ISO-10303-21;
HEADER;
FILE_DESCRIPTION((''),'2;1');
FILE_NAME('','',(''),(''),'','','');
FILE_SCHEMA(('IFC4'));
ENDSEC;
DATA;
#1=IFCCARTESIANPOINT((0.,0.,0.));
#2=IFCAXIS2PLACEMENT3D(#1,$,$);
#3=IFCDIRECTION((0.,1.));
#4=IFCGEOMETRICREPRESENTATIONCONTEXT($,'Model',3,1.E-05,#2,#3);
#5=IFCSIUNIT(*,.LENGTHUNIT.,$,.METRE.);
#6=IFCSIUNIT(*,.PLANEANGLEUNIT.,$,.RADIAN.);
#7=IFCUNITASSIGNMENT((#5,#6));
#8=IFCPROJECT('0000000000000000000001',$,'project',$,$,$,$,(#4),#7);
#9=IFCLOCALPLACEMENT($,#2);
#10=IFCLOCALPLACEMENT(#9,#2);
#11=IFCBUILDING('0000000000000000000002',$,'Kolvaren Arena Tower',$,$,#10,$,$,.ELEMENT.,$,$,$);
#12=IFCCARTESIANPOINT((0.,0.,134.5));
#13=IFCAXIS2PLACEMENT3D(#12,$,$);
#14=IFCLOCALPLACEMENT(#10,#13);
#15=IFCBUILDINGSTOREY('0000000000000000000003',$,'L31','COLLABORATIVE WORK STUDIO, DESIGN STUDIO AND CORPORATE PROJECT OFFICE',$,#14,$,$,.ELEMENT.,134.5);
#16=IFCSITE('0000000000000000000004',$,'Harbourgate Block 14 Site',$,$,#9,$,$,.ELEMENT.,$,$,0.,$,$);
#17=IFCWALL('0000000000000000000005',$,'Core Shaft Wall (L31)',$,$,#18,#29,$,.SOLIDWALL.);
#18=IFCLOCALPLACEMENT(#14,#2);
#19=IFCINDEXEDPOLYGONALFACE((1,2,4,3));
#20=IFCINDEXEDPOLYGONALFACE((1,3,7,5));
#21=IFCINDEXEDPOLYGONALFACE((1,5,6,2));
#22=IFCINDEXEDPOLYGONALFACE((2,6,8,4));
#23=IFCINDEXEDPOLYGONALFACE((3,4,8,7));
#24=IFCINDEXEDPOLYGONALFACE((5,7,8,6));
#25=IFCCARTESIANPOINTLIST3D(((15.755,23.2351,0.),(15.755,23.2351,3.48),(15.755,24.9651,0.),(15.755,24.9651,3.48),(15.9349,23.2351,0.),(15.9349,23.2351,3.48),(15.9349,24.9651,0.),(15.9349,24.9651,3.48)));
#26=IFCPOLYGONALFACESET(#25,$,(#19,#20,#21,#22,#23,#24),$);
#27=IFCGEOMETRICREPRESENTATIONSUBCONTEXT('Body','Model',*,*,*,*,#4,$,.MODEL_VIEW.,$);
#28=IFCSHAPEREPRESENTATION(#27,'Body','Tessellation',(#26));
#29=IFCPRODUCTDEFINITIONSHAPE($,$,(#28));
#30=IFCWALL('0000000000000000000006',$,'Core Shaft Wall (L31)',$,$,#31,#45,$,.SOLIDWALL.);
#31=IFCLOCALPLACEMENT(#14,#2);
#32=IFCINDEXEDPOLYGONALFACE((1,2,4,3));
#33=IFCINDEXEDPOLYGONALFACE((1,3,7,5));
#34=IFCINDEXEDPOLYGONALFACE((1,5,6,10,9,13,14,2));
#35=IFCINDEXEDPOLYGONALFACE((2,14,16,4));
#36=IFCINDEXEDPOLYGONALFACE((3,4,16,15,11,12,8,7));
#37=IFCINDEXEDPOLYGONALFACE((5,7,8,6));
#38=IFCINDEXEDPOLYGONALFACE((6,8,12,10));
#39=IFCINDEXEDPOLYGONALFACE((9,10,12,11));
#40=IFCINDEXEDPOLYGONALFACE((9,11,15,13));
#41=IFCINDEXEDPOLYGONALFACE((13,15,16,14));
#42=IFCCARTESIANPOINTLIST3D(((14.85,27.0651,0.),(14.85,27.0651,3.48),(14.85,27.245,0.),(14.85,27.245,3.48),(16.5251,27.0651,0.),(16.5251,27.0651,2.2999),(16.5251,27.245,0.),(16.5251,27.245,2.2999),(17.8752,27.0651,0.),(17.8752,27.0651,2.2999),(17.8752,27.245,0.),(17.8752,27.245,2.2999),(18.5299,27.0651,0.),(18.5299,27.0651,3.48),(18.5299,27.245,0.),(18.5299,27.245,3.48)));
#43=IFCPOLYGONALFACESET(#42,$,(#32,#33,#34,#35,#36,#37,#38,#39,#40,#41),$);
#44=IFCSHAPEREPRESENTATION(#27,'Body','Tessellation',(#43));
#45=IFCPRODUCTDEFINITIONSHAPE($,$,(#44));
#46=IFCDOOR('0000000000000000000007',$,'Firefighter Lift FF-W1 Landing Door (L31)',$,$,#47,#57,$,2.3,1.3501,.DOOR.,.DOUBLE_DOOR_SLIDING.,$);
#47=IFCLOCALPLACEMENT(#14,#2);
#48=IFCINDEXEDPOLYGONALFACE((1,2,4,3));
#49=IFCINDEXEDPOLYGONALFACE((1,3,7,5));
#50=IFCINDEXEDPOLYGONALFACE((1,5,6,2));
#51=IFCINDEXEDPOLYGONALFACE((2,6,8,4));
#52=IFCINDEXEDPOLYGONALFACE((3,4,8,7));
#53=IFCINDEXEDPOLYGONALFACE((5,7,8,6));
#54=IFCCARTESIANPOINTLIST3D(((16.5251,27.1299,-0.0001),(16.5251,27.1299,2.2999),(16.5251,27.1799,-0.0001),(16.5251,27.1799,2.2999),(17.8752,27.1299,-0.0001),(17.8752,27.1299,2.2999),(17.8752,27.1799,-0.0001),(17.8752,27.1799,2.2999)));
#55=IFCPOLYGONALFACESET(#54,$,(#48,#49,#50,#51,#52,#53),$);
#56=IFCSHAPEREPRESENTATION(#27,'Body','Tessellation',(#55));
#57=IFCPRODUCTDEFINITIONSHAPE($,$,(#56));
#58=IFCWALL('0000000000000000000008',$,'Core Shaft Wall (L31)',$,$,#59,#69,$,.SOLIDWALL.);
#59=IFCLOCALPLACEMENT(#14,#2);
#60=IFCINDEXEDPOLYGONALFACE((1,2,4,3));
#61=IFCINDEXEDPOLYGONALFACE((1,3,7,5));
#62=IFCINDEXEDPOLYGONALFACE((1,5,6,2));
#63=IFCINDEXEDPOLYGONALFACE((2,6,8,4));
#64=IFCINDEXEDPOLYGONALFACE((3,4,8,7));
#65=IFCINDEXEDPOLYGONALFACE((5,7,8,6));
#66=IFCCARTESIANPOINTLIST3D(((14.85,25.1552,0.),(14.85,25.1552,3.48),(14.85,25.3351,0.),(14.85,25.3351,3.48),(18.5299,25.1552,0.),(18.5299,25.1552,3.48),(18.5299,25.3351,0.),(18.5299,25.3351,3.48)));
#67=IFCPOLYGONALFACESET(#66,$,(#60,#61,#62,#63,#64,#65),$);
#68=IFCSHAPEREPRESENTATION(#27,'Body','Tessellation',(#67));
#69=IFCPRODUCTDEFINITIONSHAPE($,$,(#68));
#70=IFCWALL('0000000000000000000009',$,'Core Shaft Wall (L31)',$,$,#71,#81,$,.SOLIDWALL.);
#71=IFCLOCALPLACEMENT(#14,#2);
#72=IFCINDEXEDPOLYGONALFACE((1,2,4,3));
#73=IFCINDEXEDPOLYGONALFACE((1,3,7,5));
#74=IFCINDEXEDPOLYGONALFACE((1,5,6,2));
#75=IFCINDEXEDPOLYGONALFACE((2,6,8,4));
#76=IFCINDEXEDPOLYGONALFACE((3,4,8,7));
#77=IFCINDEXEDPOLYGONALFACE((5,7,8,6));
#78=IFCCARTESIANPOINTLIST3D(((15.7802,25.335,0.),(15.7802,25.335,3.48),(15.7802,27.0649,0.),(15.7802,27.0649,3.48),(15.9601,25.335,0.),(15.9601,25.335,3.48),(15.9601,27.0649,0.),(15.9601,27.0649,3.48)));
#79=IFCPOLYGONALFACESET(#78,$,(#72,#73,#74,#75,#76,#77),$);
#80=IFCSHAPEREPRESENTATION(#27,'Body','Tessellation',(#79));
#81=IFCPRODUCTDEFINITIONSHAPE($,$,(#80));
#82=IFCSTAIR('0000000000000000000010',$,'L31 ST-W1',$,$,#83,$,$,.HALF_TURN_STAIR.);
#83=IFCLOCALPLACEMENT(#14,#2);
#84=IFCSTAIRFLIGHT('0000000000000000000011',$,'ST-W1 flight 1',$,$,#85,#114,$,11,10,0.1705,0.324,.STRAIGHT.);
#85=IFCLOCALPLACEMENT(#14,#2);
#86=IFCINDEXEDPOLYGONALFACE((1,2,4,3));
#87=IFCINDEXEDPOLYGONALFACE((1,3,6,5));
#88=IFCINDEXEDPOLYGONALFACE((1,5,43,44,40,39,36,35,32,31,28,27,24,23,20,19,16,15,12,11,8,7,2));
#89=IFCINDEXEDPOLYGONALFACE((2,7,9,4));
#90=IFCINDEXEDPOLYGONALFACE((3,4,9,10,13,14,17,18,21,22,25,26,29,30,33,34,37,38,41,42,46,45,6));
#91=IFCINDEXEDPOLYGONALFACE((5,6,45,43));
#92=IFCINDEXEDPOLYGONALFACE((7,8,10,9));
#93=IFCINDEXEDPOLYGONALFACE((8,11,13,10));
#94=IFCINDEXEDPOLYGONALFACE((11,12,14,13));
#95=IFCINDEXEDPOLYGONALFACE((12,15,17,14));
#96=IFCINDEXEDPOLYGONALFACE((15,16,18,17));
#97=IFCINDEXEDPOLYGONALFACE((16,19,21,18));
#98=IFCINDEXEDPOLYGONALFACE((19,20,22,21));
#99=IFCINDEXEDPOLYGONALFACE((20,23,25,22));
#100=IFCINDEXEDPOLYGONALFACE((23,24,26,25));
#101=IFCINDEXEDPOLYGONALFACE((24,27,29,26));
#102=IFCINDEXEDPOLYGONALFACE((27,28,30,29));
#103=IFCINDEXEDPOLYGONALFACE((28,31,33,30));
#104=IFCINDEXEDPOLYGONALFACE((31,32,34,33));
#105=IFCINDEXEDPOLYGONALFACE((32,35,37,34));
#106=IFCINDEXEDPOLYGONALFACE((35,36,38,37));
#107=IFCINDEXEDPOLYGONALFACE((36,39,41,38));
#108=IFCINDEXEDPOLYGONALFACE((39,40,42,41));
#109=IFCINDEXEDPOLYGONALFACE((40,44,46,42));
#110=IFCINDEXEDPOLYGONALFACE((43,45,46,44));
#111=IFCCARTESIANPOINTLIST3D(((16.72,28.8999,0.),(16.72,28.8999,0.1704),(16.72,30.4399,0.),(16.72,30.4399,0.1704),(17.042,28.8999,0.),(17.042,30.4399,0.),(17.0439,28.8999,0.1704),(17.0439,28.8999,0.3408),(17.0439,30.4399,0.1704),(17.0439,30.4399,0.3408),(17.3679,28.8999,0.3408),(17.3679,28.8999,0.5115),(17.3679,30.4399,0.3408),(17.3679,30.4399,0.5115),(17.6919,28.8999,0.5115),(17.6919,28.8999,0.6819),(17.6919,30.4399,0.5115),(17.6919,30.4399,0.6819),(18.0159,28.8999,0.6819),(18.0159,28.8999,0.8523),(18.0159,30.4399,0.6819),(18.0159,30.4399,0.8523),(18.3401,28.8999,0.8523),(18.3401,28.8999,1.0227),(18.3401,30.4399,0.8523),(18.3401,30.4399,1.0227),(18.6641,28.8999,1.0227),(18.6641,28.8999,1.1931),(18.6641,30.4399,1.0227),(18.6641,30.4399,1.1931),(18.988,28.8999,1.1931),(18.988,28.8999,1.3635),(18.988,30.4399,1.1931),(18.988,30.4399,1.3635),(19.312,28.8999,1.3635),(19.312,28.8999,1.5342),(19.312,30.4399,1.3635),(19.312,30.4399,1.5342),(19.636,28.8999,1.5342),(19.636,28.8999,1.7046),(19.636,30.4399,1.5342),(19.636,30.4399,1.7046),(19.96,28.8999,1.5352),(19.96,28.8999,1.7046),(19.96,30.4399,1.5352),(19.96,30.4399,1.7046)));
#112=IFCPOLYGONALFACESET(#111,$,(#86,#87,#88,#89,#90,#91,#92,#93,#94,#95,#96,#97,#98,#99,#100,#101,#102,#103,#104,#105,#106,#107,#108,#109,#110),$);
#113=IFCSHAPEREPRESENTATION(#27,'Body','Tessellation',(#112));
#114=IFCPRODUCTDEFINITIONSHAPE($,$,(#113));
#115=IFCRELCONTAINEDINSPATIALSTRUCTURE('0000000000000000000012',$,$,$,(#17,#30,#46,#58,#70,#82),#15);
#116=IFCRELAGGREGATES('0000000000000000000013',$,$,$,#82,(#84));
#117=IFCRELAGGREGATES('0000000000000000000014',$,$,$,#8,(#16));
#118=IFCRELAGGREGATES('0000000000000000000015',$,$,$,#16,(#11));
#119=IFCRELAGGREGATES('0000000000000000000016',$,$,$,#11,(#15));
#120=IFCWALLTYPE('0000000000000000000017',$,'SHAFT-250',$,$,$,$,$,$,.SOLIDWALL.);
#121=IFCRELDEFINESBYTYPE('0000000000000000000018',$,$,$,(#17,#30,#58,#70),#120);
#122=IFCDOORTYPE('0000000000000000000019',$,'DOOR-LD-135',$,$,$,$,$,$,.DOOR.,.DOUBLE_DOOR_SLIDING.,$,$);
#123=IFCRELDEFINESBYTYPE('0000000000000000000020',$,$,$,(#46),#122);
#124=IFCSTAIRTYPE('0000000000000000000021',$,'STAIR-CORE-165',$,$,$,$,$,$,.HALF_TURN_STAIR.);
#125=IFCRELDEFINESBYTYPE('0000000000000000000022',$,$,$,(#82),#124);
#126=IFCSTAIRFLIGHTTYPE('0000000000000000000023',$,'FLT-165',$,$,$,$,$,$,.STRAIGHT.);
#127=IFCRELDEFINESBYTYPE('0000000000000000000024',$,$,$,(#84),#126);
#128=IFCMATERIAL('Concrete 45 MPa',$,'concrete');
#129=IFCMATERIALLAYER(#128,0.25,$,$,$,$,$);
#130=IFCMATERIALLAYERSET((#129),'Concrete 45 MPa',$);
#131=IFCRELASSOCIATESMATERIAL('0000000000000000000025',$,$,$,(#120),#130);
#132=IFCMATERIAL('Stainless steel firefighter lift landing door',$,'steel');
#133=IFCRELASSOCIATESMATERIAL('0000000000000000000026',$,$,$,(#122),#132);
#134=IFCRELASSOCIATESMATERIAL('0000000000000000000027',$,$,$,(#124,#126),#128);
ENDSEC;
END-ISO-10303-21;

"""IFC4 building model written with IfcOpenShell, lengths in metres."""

from ifc_helpers import new_model, si_unit, direction, frame, frame_2d, origin, place, context, subcontext, project, spatial, polyline, rectangle, outline, extrude, material, layer, layer_set, type_object, element, fill, aggregate, save


model = new_model("IFC4")

# Units and contexts
model_context = context("Model", 3, precision=1e-05, world=origin(), true_north=direction((0.0, 1.0)))
body_context = subcontext(model_context, "Body", "Model", "MODEL_VIEW")
ifc_project = project(units=[si_unit("LENGTHUNIT", "METRE"), si_unit("PLANEANGLEUNIT", "RADIAN")], contexts=[model_context])

# Site, building, storey
site_placement = place(None, origin())
site = spatial("IfcSite", under=ifc_project, at=site_placement, Name="Harbourgate Block 14 Site", CompositionType="ELEMENT", RefElevation=0.0)
building_placement = place(site_placement, origin())
building = spatial("IfcBuilding", under=site, at=building_placement, Name="Kolvaren Arena Tower", CompositionType="ELEMENT")
storey_placement = place(building_placement, frame((0.0, 0.0, 134.5)))
storey = spatial("IfcBuildingStorey", under=building, at=storey_placement, Name="L31", Description="COLLABORATIVE WORK STUDIO, DESIGN STUDIO AND CORPORATE PROJECT OFFICE", CompositionType="ELEMENT", Elevation=134.5)

# Shared definitions
ifc_material_1 = material(Name="Concrete 45 MPa", Category="concrete")
ifc_layer = layer(ifc_material_1, 0.25)
ifc_layer_set = layer_set([ifc_layer], Name="Concrete 45 MPa")
wall_type = type_object("IfcWallType", Name="SHAFT-250", PredefinedType="SOLIDWALL", material=ifc_layer_set)

# Wall
wall_1_placement = place(storey_placement, frame((15.845, 23.2351, 0.0), z_axis=(0.0, 0.0, 1.0), x_axis=(0.0, 1.0, 0.0)))
element("IfcWall", 1, at=wall_1_placement, inside=storey, type_object=wall_type, Name="Core Shaft Wall (L31)", PredefinedType="SOLIDWALL", context=body_context, shape_type="SweptSolid", body=[
    extrude(rectangle(XDim=1.73, YDim=0.1799, at=frame_2d((0.865, 0.0))), origin(), (0.0, 0.0, 1.0), 3.48),
])

# Wall, opening, door
wall_2_placement = place(storey_placement, frame((14.8501, 27.155, 0.0), z_axis=(0.0, 0.0, 1.0), x_axis=(1.0, 0.0, 0.0)))
wall_2 = element("IfcWall", 2, at=wall_2_placement, inside=storey, type_object=wall_type, Name="Core Shaft Wall (L31)", PredefinedType="SOLIDWALL", context=body_context, shape_type="SweptSolid", body=[
    extrude(rectangle(XDim=3.6799, YDim=0.1799, at=frame_2d((1.8398, 0.0))), origin(), (0.0, 0.0, 1.0), 3.48),
])
opening_1_placement = place(wall_2_placement, frame((1.675, 0.0, 0.0)))
opening_1 = element("IfcOpeningElement", 3, at=opening_1_placement, cuts=wall_2, PredefinedType="OPENING", context=body_context, shape_type="SweptSolid", body=[
    extrude(rectangle(XDim=1.3501, YDim=2.3, at=frame_2d((0.675, 1.1499))), frame((0.0, 0.0999, 0.0), z_axis=(0.0, -1.0, 0.0), x_axis=(1.0, 0.0, 0.0)), (0.0, 0.0, 1.0), 0.2),
])
ifc_material_2 = material(Name="Stainless steel firefighter lift landing door", Category="steel")
door_type_1 = type_object("IfcDoorType", Name="DOOR-LD-135", OperationType="DOUBLE_DOOR_SLIDING", PredefinedType="DOOR", material=ifc_material_2)
door_1_placement = place(opening_1_placement, origin())
door_1 = element("IfcDoor", 4, at=door_1_placement, inside=storey, type_object=door_type_1, Name="Firefighter Lift FF-W1 Landing Door (L31)", OperationType="DOUBLE_DOOR_SLIDING", OverallHeight=2.3, OverallWidth=1.3501, PredefinedType="DOOR", context=body_context, shape_type="SweptSolid", body=[
    extrude(rectangle(XDim=1.3501, YDim=2.3, at=frame_2d((0.675, 1.1499))), frame((0.0, 0.0249, 0.0), z_axis=(0.0, -1.0, 0.0), x_axis=(1.0, 0.0, 0.0)), (0.0, 0.0, 1.0), 0.05),
])
fill(opening_1, door_1)

# Walls
wall_3_placement = place(storey_placement, frame((14.8501, 25.2451, 0.0), z_axis=(0.0, 0.0, 1.0), x_axis=(1.0, 0.0, 0.0)))
element("IfcWall", 5, at=wall_3_placement, inside=storey, type_object=wall_type, Name="Core Shaft Wall (L31)", PredefinedType="SOLIDWALL", context=body_context, shape_type="SweptSolid", body=[
    extrude(rectangle(XDim=3.6799, YDim=0.1799, at=frame_2d((1.8398, 0.0))), origin(), (0.0, 0.0, 1.0), 3.48),
])
wall_4_placement = place(storey_placement, frame((15.8701, 25.335, 0.0), z_axis=(0.0, 0.0, 1.0), x_axis=(0.0, 1.0, 0.0)))
element("IfcWall", 6, at=wall_4_placement, inside=storey, type_object=wall_type, Name="Core Shaft Wall (L31)", PredefinedType="SOLIDWALL", context=body_context, shape_type="SweptSolid", body=[
    extrude(rectangle(XDim=1.73, YDim=0.1799, at=frame_2d((0.865, 0.0))), origin(), (0.0, 0.0, 1.0), 3.48),
])

# Stair, stair flight
stair_type = type_object("IfcStairType", Name="STAIR-CORE-165", PredefinedType="HALF_TURN_STAIR", material=ifc_material_1)
stair_placement = place(storey_placement, origin())
stair = element("IfcStair", 7, at=stair_placement, inside=storey, type_object=stair_type, Name="L31 ST-W1", PredefinedType="HALF_TURN_STAIR")
stair_flight_type = type_object("IfcStairFlightType", Name="FLT-165", PredefinedType="STRAIGHT", material=ifc_material_1)
stair_flight_placement = place(storey_placement, frame((16.72, 29.6699, 0.0), z_axis=(0.0, 0.0, 1.0), x_axis=(1.0, 0.0, 0.0)))
stair_flight = element("IfcStairFlight", 8, at=stair_flight_placement, type_object=stair_flight_type, Name="ST-W1 flight 1", NumberOfRisers=11, NumberOfTreads=10, PredefinedType="STRAIGHT", RiserHeight=0.1705, TreadLength=0.324, context=body_context, shape_type="SweptSolid", body=[
    extrude(outline(polyline([(0.0, 0.0), (0.0, 0.1704), (0.324, 0.1704), (0.324, 0.3408), (0.6479, 0.3408), (0.6479, 0.5115), (0.9719, 0.5115), (0.9719, 0.6819), (1.2959, 0.6819), (1.2959, 0.8523), (1.6201, 0.8523), (1.6201, 1.0227), (1.9441, 1.0227), (1.9441, 1.1931), (2.2681, 1.1931), (2.2681, 1.3635), (2.592, 1.3635), (2.592, 1.5342), (2.916, 1.5342), (2.916, 1.7046), (3.24, 1.7046), (3.24, 1.875), (3.24, 1.5352), (0.322, 0.0), (0.0, 0.0)])), frame((0.0, 0.77, 0.0), z_axis=(0.0, -1.0, 0.0), x_axis=(1.0, 0.0, 0.0)), (0.0, 0.0, 1.0), 1.54),
])
aggregate(stair, [stair_flight])

save(model, "model.ifc")
